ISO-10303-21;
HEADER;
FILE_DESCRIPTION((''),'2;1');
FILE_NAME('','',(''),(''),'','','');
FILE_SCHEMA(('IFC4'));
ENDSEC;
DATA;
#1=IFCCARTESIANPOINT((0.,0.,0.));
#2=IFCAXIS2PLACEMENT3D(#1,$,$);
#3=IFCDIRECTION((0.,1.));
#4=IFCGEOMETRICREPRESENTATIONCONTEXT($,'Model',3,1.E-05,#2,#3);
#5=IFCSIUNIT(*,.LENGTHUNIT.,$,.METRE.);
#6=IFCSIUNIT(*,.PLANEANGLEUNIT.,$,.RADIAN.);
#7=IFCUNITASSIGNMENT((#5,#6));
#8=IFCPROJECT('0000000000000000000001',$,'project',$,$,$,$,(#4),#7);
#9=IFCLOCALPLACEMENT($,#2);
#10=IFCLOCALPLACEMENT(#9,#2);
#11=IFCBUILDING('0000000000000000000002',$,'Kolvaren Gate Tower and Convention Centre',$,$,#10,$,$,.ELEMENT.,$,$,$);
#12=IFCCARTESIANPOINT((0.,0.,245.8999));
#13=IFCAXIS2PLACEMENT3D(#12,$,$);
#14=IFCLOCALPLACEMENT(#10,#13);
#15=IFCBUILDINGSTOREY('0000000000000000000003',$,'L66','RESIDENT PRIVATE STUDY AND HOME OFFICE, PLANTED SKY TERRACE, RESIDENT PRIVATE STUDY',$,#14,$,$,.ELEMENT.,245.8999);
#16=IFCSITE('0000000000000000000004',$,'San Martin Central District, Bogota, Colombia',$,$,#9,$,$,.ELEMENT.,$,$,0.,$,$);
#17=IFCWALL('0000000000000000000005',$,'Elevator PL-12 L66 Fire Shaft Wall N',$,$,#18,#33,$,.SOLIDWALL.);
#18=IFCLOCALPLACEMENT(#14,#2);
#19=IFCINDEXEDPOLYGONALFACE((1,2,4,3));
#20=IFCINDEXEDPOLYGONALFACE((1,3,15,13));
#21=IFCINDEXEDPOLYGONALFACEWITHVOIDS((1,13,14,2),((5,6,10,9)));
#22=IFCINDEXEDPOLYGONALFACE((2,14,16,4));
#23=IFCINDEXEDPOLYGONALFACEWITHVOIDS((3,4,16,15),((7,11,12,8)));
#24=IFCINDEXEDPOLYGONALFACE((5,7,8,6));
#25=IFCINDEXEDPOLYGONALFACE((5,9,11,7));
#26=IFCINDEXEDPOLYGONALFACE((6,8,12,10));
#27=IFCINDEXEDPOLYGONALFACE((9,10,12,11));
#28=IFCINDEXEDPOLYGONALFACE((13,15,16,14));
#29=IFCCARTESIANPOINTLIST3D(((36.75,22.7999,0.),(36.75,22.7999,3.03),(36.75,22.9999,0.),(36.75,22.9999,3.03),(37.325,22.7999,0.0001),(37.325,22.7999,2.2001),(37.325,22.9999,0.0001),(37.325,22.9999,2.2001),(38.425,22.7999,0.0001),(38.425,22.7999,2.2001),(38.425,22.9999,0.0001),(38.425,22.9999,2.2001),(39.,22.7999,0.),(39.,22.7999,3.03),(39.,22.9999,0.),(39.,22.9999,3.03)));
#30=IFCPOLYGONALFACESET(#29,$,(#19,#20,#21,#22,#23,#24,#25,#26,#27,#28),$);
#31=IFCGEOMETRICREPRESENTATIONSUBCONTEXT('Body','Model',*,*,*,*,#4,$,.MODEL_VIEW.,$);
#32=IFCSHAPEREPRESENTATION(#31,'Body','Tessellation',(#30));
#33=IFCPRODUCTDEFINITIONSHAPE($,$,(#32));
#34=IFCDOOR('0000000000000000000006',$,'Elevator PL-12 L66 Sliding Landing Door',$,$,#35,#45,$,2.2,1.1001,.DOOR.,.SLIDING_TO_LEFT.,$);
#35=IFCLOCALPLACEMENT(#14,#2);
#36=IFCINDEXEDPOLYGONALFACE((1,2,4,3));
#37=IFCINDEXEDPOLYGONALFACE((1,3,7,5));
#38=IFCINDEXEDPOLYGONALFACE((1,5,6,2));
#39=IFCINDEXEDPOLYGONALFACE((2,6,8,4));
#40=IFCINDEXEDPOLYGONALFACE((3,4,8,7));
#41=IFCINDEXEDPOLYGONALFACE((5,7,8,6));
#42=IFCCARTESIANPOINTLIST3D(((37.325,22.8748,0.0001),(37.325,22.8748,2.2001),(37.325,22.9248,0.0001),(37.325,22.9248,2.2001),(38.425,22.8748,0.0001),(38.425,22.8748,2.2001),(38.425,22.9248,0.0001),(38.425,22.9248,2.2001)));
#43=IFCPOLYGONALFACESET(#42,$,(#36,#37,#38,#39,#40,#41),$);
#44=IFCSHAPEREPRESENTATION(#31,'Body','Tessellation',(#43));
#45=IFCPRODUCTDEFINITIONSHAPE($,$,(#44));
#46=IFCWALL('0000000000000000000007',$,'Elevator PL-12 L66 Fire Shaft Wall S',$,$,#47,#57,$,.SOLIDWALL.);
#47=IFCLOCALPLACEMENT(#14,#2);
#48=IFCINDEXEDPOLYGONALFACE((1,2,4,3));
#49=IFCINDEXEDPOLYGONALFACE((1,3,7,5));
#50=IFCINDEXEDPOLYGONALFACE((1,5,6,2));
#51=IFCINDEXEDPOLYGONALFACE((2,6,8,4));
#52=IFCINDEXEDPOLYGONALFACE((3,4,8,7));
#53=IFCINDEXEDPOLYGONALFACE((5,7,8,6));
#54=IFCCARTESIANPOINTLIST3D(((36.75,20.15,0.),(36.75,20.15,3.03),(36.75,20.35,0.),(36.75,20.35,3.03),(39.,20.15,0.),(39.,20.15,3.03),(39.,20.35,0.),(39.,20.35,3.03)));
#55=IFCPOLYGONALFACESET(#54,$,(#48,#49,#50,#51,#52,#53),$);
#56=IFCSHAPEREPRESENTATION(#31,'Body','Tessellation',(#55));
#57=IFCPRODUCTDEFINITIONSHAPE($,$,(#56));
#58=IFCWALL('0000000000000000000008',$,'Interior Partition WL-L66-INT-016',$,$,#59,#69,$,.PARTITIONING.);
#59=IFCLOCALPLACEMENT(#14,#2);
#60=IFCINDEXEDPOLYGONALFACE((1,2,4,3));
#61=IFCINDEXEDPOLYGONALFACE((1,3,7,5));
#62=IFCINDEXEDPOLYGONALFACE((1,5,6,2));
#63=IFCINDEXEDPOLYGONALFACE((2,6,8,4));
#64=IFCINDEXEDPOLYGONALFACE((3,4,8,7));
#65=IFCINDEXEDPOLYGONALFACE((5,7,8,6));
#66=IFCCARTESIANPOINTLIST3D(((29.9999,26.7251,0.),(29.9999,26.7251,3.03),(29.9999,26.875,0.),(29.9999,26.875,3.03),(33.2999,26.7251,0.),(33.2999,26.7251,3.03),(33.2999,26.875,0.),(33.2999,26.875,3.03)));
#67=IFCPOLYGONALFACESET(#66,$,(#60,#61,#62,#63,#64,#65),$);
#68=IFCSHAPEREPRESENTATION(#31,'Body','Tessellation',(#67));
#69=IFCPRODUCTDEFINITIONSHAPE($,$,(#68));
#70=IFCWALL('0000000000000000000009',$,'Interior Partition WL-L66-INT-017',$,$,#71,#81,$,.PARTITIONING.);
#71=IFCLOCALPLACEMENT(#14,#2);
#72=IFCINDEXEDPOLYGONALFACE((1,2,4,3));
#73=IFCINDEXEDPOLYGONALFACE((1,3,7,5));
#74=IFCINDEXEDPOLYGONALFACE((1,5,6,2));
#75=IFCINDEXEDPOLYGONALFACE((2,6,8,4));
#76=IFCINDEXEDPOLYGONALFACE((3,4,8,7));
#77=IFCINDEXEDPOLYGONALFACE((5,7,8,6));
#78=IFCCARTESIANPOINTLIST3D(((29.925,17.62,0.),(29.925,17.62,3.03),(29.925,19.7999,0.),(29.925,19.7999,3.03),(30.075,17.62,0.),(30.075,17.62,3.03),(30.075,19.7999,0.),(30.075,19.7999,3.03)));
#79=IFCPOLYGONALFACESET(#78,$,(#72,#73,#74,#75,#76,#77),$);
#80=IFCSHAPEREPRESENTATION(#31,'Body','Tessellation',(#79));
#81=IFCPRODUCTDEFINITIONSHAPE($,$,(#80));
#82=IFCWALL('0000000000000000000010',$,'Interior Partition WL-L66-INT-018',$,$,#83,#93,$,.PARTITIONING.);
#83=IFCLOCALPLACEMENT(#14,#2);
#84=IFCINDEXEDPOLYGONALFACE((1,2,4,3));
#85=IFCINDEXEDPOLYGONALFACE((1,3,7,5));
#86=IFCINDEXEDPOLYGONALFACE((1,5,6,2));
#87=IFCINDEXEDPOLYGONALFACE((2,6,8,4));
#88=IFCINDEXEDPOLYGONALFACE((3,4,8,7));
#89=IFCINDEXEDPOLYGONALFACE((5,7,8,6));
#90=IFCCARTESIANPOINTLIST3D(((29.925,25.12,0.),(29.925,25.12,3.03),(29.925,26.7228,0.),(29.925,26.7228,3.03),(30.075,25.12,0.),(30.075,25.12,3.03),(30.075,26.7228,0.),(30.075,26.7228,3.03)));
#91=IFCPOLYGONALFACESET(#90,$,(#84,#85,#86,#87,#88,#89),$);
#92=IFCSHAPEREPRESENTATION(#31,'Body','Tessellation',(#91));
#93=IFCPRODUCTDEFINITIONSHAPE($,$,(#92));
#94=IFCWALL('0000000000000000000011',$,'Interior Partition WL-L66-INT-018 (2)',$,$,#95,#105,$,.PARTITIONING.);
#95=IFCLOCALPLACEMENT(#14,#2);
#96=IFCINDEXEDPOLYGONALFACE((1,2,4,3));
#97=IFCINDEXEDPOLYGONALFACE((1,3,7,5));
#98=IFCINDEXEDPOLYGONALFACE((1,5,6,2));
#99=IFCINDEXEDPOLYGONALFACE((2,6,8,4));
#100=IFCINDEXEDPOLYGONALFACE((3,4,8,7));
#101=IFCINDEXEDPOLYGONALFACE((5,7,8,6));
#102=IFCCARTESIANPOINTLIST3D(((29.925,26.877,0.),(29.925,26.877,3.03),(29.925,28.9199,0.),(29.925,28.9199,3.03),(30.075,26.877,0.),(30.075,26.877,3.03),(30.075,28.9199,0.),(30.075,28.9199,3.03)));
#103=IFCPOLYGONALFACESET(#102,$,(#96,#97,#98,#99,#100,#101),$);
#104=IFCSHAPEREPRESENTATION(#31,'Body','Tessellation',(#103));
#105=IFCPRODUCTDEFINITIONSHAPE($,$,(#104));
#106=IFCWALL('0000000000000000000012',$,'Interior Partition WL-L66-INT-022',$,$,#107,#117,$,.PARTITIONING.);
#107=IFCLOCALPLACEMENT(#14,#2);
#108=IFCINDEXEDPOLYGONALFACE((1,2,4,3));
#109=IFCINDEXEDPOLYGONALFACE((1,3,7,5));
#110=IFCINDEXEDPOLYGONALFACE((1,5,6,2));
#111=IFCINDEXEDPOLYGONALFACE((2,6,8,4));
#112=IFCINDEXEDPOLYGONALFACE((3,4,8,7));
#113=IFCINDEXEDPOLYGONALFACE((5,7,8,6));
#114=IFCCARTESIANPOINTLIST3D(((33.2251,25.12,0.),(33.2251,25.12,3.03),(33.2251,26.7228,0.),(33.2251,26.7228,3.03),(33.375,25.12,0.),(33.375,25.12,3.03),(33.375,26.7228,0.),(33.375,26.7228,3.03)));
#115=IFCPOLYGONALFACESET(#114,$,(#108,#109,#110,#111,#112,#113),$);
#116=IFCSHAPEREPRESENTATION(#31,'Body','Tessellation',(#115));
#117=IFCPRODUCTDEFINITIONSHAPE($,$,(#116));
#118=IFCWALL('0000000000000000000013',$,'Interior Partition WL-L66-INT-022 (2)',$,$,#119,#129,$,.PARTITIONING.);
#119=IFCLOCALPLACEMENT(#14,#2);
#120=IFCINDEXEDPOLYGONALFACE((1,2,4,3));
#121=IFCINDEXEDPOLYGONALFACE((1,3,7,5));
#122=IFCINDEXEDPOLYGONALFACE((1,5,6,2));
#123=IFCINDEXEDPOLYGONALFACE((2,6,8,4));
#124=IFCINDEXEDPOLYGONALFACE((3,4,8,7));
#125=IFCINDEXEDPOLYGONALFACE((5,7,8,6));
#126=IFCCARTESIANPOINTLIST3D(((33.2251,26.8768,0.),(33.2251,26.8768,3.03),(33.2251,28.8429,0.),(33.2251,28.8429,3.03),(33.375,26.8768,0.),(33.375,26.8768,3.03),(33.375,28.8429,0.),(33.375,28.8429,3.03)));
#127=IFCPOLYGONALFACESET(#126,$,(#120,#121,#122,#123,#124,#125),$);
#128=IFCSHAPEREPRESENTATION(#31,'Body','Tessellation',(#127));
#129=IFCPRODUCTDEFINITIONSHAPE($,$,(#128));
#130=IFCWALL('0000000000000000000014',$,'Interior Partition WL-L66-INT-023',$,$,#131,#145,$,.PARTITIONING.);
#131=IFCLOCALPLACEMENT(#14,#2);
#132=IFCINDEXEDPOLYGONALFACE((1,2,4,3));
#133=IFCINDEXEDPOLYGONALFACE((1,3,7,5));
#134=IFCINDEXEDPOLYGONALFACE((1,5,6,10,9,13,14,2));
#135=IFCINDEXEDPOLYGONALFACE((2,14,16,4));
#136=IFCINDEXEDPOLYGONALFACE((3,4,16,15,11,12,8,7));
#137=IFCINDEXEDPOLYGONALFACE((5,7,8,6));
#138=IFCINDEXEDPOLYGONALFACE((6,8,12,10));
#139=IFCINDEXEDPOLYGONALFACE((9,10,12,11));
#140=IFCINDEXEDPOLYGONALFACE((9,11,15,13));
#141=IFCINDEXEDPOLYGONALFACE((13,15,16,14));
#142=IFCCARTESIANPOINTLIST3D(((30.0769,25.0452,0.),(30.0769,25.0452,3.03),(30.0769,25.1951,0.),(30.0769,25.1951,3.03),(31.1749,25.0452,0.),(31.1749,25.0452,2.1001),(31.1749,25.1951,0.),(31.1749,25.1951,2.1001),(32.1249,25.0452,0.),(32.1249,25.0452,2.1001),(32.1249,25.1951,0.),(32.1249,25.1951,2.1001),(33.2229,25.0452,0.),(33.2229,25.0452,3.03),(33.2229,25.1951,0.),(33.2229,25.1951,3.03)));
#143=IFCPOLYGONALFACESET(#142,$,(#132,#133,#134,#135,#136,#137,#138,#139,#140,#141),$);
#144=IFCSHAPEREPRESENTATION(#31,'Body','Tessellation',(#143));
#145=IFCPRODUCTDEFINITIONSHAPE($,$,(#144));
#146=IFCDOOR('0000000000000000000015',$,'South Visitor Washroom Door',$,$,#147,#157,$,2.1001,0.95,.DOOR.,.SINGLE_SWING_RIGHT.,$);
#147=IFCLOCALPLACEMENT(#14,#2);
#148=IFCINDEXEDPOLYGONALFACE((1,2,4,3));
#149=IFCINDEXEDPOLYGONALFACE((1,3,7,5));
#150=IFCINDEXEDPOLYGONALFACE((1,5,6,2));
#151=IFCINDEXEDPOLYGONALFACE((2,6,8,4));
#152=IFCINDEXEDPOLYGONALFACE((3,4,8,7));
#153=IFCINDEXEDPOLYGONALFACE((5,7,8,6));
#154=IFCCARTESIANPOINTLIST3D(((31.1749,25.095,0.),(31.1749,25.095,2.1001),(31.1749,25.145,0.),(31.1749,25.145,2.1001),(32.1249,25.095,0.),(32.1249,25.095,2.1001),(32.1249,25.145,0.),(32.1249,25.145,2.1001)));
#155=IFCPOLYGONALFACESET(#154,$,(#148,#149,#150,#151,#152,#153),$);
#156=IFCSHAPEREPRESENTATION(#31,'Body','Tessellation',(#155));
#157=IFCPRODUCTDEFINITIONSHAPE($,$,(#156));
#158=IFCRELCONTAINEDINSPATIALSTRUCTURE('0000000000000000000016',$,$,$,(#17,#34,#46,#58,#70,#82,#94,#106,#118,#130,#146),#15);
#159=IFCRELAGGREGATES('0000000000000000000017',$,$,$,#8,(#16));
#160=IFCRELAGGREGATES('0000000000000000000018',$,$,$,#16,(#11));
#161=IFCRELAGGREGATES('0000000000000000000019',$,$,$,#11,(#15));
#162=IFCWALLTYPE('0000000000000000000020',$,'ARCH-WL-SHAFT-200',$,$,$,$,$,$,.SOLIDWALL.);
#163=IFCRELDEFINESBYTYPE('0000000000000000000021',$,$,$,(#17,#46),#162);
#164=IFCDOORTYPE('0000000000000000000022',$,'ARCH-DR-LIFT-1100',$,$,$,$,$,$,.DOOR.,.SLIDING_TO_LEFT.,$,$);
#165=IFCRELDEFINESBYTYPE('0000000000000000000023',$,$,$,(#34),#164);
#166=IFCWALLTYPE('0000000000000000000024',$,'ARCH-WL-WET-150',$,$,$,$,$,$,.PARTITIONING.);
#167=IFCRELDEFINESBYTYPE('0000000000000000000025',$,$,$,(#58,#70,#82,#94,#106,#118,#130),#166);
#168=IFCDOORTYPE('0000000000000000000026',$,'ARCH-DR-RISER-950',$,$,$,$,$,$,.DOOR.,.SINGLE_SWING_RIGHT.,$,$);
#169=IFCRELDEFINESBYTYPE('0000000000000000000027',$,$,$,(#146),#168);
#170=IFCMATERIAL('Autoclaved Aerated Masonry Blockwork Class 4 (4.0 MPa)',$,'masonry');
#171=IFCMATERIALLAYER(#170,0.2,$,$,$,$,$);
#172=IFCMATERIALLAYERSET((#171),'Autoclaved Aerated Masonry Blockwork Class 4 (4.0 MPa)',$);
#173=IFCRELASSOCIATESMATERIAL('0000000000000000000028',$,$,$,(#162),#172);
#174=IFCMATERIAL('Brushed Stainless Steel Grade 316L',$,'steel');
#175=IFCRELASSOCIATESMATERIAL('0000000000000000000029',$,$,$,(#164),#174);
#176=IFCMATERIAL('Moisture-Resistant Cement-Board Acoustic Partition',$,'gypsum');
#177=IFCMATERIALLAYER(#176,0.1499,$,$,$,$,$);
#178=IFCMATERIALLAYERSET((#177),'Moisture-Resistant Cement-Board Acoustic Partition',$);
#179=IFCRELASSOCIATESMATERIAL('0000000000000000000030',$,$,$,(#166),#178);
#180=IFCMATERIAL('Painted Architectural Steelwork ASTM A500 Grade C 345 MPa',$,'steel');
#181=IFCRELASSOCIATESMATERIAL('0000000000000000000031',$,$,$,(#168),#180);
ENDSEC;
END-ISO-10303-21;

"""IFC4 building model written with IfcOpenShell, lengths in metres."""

from ifc_helpers import new_model, si_unit, direction, frame, frame_2d, origin, place, context, subcontext, project, spatial, rectangle, extrude, material, layer, layer_set, type_object, element, fill, save


model = new_model("IFC4")

# Units and contexts
model_context = context("Model", 3, precision=1e-05, world=origin(), true_north=direction((0.0, 1.0)))
body_context = subcontext(model_context, "Body", "Model", "MODEL_VIEW")
ifc_project = project(units=[si_unit("LENGTHUNIT", "METRE"), si_unit("PLANEANGLEUNIT", "RADIAN")], contexts=[model_context])

# Site, building, storey
site_placement = place(None, origin())
site = spatial("IfcSite", under=ifc_project, at=site_placement, Name="San Martin Central District, Bogota, Colombia", CompositionType="ELEMENT", RefElevation=0.0)
building_placement = place(site_placement, origin())
building = spatial("IfcBuilding", under=site, at=building_placement, Name="Kolvaren Gate Tower and Convention Centre", CompositionType="ELEMENT")
storey_placement = place(building_placement, frame((0.0, 0.0, 245.8999)))
storey = spatial("IfcBuildingStorey", under=building, at=storey_placement, Name="L66", Description="RESIDENT PRIVATE STUDY AND HOME OFFICE, PLANTED SKY TERRACE, RESIDENT PRIVATE STUDY", CompositionType="ELEMENT", Elevation=245.8999)

# Shared definitions
ifc_material_1 = material(Name="Autoclaved Aerated Masonry Blockwork Class 4 (4.0 MPa)", Category="masonry")
ifc_layer_1 = layer(ifc_material_1, 0.2)
ifc_layer_set_1 = layer_set([ifc_layer_1], Name="Autoclaved Aerated Masonry Blockwork Class 4 (4.0 MPa)")
wall_type_1 = type_object("IfcWallType", Name="ARCH-WL-SHAFT-200", PredefinedType="SOLIDWALL", material=ifc_layer_set_1)

# Shared definitions
ifc_material_2 = material(Name="Brushed Stainless Steel Grade 316L", Category="steel")
door_type_1 = type_object("IfcDoorType", Name="ARCH-DR-LIFT-1100", OperationType="SLIDING_TO_LEFT", PredefinedType="DOOR", material=ifc_material_2)

# Wall, opening, door
wall_1_placement = place(storey_placement, frame((36.75, 22.8999, 0.0), z_axis=(0.0, 0.0, 1.0), x_axis=(1.0, 0.0, 0.0)))
wall_1 = element("IfcWall", 1, at=wall_1_placement, inside=storey, type_object=wall_type_1, Name="Elevator PL-12 L66 Fire Shaft Wall N", PredefinedType="SOLIDWALL", context=body_context, shape_type="SweptSolid", body=[
    extrude(rectangle(XDim=2.25, YDim=0.2, at=frame_2d((1.125, 0.0))), origin(), (0.0, 0.0, 1.0), 3.03),
])
opening_1_placement = place(wall_1_placement, frame((0.575, 0.0, 0.0)))
opening_1 = element("IfcOpeningElement", 2, at=opening_1_placement, cuts=wall_1, PredefinedType="OPENING", context=body_context, shape_type="SweptSolid", body=[
    extrude(rectangle(XDim=1.1001, YDim=2.2, at=frame_2d((0.55, 1.1001))), frame((0.0, 0.1099, 0.0), z_axis=(0.0, -1.0, 0.0), x_axis=(1.0, 0.0, 0.0)), (0.0, 0.0, 1.0), 0.22),
])
door_1_placement = place(opening_1_placement, origin())
door_1 = element("IfcDoor", 3, at=door_1_placement, inside=storey, type_object=door_type_1, Name="Elevator PL-12 L66 Sliding Landing Door", OperationType="SLIDING_TO_LEFT", OverallHeight=2.2, OverallWidth=1.1001, PredefinedType="DOOR", context=body_context, shape_type="SweptSolid", body=[
    extrude(rectangle(XDim=1.1001, YDim=2.2, at=frame_2d((0.55, 1.1001))), frame((0.0, 0.0249, 0.0), z_axis=(0.0, -1.0, 0.0), x_axis=(1.0, 0.0, 0.0)), (0.0, 0.0, 1.0), 0.05),
])
fill(opening_1, door_1)

# Walls
wall_2_placement = place(storey_placement, frame((36.75, 20.25, 0.0), z_axis=(0.0, 0.0, 1.0), x_axis=(1.0, 0.0, 0.0)))
element("IfcWall", 4, at=wall_2_placement, inside=storey, type_object=wall_type_1, Name="Elevator PL-12 L66 Fire Shaft Wall S", PredefinedType="SOLIDWALL", context=body_context, shape_type="SweptSolid", body=[
    extrude(rectangle(XDim=2.25, YDim=0.2, at=frame_2d((1.125, 0.0))), origin(), (0.0, 0.0, 1.0), 3.03),
])
ifc_material_3 = material(Name="Moisture-Resistant Cement-Board Acoustic Partition", Category="gypsum")
ifc_layer_2 = layer(ifc_material_3, 0.1499)
ifc_layer_set_2 = layer_set([ifc_layer_2], Name="Moisture-Resistant Cement-Board Acoustic Partition")
wall_type_2 = type_object("IfcWallType", Name="ARCH-WL-WET-150", PredefinedType="PARTITIONING", material=ifc_layer_set_2)
wall_3_placement = place(storey_placement, frame((30.0, 26.8, 0.0), z_axis=(0.0, 0.0, 1.0), x_axis=(1.0, 0.0, 0.0)))
element("IfcWall", 5, at=wall_3_placement, inside=storey, type_object=wall_type_2, Name="Interior Partition WL-L66-INT-016", PredefinedType="PARTITIONING", context=body_context, shape_type="SweptSolid", body=[
    extrude(rectangle(XDim=3.3, YDim=0.1499, at=frame_2d((1.6499, 0.0))), origin(), (0.0, 0.0, 1.0), 3.03),
])
wall_4_placement = place(storey_placement, frame((30.0, 17.6201, 0.0), z_axis=(0.0, 0.0, 1.0), x_axis=(0.0, 1.0, 0.0)))
element("IfcWall", 6, at=wall_4_placement, inside=storey, type_object=wall_type_2, Name="Interior Partition WL-L66-INT-017", PredefinedType="PARTITIONING", context=body_context, shape_type="SweptSolid", body=[
    extrude(rectangle(XDim=2.1799, YDim=0.1499, at=frame_2d((1.0898, 0.0))), origin(), (0.0, 0.0, 1.0), 3.03),
])
wall_5_placement = place(storey_placement, frame((30.0, 25.1201, 0.0), z_axis=(0.0, 0.0, 1.0), x_axis=(0.0, 1.0, 0.0)))
element("IfcWall", 7, at=wall_5_placement, inside=storey, type_object=wall_type_2, Name="Interior Partition WL-L66-INT-018", PredefinedType="PARTITIONING", context=body_context, shape_type="SweptSolid", body=[
    extrude(rectangle(XDim=1.6028, YDim=0.1499, at=frame_2d((0.8013, 0.0))), origin(), (0.0, 0.0, 1.0), 3.03),
])
wall_6_placement = place(storey_placement, frame((30.0, 26.877, 0.0), z_axis=(0.0, 0.0, 1.0), x_axis=(0.0, 1.0, 0.0)))
element("IfcWall", 8, at=wall_6_placement, inside=storey, type_object=wall_type_2, Name="Interior Partition WL-L66-INT-018 (2)", PredefinedType="PARTITIONING", context=body_context, shape_type="SweptSolid", body=[
    extrude(rectangle(XDim=2.043, YDim=0.1499, at=frame_2d((1.0215, 0.0))), origin(), (0.0, 0.0, 1.0), 3.03),
])
wall_7_placement = place(storey_placement, frame((33.3, 25.1201, 0.0), z_axis=(0.0, 0.0, 1.0), x_axis=(0.0, 1.0, 0.0)))
element("IfcWall", 9, at=wall_7_placement, inside=storey, type_object=wall_type_2, Name="Interior Partition WL-L66-INT-022", PredefinedType="PARTITIONING", context=body_context, shape_type="SweptSolid", body=[
    extrude(rectangle(XDim=1.6028, YDim=0.1499, at=frame_2d((0.8013, 0.0))), origin(), (0.0, 0.0, 1.0), 3.03),
])
wall_8_placement = place(storey_placement, frame((33.3, 26.877, 0.0), z_axis=(0.0, 0.0, 1.0), x_axis=(0.0, 1.0, 0.0)))
element("IfcWall", 10, at=wall_8_placement, inside=storey, type_object=wall_type_2, Name="Interior Partition WL-L66-INT-022 (2)", PredefinedType="PARTITIONING", context=body_context, shape_type="SweptSolid", body=[
    extrude(rectangle(XDim=1.9661, YDim=0.1499, at=frame_2d((0.9829, 0.0))), origin(), (0.0, 0.0, 1.0), 3.03),
])

# Wall, opening, door
wall_9_placement = place(storey_placement, frame((30.0769, 25.1201, 0.0), z_axis=(0.0, 0.0, 1.0), x_axis=(1.0, 0.0, 0.0)))
wall_9 = element("IfcWall", 11, at=wall_9_placement, inside=storey, type_object=wall_type_2, Name="Interior Partition WL-L66-INT-023", PredefinedType="PARTITIONING", context=body_context, shape_type="SweptSolid", body=[
    extrude(rectangle(XDim=3.146, YDim=0.1499, at=frame_2d((1.573, 0.0))), origin(), (0.0, 0.0, 1.0), 3.03),
])
opening_2_placement = place(wall_9_placement, frame((1.0979, 0.0, 0.0)))
opening_2 = element("IfcOpeningElement", 12, at=opening_2_placement, cuts=wall_9, PredefinedType="OPENING", context=body_context, shape_type="SweptSolid", body=[
    extrude(rectangle(XDim=0.95, YDim=2.1001, at=frame_2d((0.4751, 1.05))), frame((0.0, 0.085, 0.0), z_axis=(0.0, -1.0, 0.0), x_axis=(1.0, 0.0, 0.0)), (0.0, 0.0, 1.0), 0.1699),
])
ifc_material_4 = material(Name="Painted Architectural Steelwork ASTM A500 Grade C 345 MPa", Category="steel")
door_type_2 = type_object("IfcDoorType", Name="ARCH-DR-RISER-950", OperationType="SINGLE_SWING_RIGHT", PredefinedType="DOOR", material=ifc_material_4)
door_2_placement = place(opening_2_placement, origin())
door_2 = element("IfcDoor", 13, at=door_2_placement, inside=storey, type_object=door_type_2, Name="South Visitor Washroom Door", OperationType="SINGLE_SWING_RIGHT", OverallHeight=2.1001, OverallWidth=0.95, PredefinedType="DOOR", context=body_context, shape_type="SweptSolid", body=[
    extrude(rectangle(XDim=0.95, YDim=2.1001, at=frame_2d((0.4751, 1.05))), frame((0.0, 0.0249, 0.0), z_axis=(0.0, -1.0, 0.0), x_axis=(1.0, 0.0, 0.0)), (0.0, 0.0, 1.0), 0.05),
])
fill(opening_2, door_2)

save(model, "model.ifc")
